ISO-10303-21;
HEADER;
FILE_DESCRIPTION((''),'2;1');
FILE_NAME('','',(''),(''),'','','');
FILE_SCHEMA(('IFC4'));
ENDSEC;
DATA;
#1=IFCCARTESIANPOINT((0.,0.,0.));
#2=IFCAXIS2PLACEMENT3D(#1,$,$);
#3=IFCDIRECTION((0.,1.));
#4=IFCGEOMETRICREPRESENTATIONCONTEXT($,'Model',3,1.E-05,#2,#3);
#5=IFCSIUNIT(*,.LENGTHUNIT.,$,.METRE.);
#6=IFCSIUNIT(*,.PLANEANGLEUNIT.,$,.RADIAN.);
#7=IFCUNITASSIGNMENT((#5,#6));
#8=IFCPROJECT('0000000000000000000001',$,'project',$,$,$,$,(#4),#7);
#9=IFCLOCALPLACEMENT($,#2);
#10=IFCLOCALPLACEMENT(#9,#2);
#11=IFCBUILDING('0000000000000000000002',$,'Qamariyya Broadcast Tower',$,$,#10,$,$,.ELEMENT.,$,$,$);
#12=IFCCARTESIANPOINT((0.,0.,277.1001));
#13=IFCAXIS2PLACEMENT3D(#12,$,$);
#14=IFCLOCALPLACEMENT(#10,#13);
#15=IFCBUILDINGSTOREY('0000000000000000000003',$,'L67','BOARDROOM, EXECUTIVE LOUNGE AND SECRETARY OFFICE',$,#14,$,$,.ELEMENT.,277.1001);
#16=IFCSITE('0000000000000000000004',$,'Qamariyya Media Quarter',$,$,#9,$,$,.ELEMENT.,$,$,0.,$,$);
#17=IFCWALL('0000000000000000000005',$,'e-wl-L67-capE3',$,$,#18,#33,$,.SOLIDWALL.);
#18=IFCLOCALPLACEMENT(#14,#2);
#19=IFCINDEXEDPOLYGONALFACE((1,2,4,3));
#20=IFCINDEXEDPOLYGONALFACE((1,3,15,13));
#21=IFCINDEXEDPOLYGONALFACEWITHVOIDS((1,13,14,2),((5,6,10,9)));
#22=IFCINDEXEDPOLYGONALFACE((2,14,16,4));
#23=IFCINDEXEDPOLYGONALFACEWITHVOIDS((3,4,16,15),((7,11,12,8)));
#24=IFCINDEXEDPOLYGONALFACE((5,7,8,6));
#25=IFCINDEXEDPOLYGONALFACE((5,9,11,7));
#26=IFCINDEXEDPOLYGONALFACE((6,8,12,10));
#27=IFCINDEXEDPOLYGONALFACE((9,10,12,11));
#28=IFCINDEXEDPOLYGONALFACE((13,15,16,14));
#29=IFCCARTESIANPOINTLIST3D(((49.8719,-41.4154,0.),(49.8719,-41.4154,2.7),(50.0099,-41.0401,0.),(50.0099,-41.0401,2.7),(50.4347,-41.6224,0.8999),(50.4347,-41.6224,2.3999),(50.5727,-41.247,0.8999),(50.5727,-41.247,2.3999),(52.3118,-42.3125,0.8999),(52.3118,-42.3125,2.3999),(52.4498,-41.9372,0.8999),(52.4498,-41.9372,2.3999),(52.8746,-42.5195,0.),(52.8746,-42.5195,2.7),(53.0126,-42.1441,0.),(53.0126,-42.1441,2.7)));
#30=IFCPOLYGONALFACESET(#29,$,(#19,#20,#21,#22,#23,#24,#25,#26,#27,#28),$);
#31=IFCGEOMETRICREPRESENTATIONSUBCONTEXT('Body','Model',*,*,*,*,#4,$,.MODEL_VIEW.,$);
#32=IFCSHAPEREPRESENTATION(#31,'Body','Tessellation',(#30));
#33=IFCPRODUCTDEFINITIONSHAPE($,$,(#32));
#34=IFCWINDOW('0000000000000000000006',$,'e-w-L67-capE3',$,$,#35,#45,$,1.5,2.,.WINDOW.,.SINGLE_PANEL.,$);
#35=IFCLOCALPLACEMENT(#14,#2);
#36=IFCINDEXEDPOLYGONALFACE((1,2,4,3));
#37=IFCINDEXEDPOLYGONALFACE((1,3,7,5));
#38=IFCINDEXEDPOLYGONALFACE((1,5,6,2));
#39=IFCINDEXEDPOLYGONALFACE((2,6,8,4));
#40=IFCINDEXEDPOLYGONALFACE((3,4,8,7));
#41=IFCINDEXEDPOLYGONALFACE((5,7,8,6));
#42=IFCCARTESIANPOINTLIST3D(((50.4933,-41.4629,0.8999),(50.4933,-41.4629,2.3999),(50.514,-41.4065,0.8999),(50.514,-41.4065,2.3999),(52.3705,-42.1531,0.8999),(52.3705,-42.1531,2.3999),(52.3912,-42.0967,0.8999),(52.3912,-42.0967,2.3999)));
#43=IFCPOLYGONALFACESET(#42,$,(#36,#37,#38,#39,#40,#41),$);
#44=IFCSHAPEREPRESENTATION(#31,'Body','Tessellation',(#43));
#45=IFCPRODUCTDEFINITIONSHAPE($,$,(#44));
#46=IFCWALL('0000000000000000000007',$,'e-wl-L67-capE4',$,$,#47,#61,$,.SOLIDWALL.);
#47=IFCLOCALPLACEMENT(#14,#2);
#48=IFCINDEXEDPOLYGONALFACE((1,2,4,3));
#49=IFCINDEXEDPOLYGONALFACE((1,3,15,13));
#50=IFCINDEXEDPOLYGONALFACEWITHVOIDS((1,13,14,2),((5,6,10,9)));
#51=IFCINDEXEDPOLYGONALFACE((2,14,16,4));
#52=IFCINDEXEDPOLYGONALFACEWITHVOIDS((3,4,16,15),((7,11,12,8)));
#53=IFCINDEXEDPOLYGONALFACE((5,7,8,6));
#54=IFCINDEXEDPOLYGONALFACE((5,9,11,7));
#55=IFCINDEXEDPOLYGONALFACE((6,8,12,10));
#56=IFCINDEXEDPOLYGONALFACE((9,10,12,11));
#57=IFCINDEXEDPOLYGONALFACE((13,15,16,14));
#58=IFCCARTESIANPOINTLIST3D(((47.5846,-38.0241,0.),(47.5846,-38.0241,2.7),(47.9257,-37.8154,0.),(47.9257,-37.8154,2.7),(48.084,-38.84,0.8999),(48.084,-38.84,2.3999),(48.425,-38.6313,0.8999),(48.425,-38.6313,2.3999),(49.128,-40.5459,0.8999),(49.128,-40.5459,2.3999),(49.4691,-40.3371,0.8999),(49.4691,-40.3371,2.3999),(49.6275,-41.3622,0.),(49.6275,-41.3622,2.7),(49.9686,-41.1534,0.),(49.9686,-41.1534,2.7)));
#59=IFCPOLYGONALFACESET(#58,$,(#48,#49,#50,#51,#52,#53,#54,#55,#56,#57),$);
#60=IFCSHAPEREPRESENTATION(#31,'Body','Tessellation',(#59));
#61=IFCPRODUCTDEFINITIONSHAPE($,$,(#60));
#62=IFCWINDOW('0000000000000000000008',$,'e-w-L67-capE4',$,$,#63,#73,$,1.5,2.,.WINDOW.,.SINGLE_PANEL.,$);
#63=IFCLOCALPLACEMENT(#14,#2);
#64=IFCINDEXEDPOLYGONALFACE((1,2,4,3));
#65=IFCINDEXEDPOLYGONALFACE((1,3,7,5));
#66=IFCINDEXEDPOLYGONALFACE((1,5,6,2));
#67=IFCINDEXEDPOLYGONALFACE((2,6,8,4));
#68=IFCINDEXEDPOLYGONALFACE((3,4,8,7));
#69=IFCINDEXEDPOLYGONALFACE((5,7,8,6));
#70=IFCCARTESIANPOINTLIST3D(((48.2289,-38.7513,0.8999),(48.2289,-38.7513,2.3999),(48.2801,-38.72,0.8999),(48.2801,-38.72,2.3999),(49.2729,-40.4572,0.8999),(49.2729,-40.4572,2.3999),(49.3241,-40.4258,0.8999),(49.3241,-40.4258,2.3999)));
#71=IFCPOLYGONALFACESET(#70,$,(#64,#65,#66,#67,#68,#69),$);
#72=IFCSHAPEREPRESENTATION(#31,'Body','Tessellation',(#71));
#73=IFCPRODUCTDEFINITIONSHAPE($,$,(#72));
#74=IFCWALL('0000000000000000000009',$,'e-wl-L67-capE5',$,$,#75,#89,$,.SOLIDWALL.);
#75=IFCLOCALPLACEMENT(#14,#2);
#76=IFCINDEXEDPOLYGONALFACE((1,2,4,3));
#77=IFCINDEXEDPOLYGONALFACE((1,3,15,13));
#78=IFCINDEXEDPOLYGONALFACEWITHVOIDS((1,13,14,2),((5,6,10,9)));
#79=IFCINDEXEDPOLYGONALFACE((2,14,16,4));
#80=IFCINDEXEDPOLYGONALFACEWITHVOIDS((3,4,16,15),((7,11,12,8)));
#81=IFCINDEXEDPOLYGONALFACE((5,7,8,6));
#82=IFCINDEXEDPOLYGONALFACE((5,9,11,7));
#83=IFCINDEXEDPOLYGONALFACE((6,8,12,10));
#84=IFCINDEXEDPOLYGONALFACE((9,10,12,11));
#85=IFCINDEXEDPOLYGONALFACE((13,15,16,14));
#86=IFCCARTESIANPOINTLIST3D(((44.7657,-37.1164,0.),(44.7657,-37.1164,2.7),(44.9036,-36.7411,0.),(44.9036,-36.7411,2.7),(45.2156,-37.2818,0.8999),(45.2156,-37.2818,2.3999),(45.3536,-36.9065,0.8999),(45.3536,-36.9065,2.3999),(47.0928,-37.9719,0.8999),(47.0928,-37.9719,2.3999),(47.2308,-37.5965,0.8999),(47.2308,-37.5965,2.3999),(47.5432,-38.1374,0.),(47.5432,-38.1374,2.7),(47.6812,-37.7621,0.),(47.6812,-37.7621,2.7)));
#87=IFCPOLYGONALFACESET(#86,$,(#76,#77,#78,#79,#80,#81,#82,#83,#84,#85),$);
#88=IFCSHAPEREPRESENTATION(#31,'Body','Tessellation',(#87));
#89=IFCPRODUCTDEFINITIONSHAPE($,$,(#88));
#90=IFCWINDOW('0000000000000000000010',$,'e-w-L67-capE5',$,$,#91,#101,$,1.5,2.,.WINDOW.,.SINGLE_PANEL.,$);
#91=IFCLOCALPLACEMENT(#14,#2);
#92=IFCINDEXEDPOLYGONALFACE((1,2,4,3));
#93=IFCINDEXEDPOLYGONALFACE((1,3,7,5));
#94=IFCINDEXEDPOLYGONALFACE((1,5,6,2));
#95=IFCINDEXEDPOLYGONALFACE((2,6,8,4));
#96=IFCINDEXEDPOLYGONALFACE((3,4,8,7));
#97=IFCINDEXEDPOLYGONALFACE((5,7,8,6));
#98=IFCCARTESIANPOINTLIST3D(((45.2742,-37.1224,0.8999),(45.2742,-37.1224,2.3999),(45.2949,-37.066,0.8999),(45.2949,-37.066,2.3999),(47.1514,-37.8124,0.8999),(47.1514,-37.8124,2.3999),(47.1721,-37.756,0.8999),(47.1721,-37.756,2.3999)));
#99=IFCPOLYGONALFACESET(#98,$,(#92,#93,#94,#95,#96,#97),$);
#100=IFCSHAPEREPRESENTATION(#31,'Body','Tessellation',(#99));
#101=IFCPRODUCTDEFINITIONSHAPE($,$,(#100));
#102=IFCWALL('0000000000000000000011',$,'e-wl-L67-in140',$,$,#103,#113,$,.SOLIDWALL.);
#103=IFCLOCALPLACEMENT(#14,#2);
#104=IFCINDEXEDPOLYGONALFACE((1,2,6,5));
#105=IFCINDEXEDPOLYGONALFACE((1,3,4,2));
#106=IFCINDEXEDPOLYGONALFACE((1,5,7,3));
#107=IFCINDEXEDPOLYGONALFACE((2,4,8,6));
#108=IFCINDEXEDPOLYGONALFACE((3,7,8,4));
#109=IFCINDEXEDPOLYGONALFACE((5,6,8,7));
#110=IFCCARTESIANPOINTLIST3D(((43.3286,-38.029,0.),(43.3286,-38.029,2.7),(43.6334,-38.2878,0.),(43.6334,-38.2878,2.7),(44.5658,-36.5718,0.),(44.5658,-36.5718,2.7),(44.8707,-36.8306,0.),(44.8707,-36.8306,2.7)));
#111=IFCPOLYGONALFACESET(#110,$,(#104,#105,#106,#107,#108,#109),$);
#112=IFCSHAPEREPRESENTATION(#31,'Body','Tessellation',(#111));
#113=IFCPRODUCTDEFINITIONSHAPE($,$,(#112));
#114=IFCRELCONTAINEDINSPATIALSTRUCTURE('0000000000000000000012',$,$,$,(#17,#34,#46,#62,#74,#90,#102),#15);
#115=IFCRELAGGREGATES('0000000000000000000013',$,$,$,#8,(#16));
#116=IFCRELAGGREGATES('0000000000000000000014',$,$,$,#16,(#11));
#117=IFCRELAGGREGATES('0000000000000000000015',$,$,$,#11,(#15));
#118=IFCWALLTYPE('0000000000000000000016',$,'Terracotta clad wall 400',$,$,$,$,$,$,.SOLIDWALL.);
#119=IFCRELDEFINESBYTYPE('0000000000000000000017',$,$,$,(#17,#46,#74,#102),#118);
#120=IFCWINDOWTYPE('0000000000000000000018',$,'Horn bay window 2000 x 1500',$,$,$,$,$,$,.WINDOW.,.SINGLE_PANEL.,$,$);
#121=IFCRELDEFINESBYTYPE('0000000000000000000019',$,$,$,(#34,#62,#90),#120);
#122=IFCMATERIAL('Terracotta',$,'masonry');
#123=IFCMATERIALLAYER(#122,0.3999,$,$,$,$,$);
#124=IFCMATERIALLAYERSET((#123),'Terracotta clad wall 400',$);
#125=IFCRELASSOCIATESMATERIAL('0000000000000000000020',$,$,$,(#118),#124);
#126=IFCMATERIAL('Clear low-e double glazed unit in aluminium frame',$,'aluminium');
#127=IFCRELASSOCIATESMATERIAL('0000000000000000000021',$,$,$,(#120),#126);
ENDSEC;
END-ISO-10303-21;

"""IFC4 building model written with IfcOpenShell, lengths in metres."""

from ifc_helpers import new_model, si_unit, direction, frame, frame_2d, origin, place, context, subcontext, project, spatial, rectangle, extrude, material, layer, layer_set, type_object, element, fill, save


model = new_model("IFC4")

# Units and contexts
model_context = context("Model", 3, precision=1e-05, world=origin(), true_north=direction((0.0, 1.0)))
body_context = subcontext(model_context, "Body", "Model", "MODEL_VIEW")
ifc_project = project(units=[si_unit("LENGTHUNIT", "METRE"), si_unit("PLANEANGLEUNIT", "RADIAN")], contexts=[model_context])

# Site, building, storey
site_placement = place(None, origin())
site = spatial("IfcSite", under=ifc_project, at=site_placement, Name="Qamariyya Media Quarter", CompositionType="ELEMENT", RefElevation=0.0)
building_placement = place(site_placement, origin())
building = spatial("IfcBuilding", under=site, at=building_placement, Name="Qamariyya Broadcast Tower", CompositionType="ELEMENT")
storey_placement = place(building_placement, frame((0.0, 0.0, 277.1001)))
storey = spatial("IfcBuildingStorey", under=building, at=storey_placement, Name="L67", Description="BOARDROOM, EXECUTIVE LOUNGE AND SECRETARY OFFICE", CompositionType="ELEMENT", Elevation=277.1001)

# Walls, openings, windows
ifc_material_1 = material(Name="Terracotta", Category="masonry")
ifc_layer = layer(ifc_material_1, 0.3999)
ifc_layer_set = layer_set([ifc_layer], Name="Terracotta clad wall 400")
wall_type = type_object("IfcWallType", Name="Terracotta clad wall 400", PredefinedType="SOLIDWALL", material=ifc_layer_set)
ifc_material_2 = material(Name="Clear low-e double glazed unit in aluminium frame", Category="aluminium")
window_type = type_object("IfcWindowType", Name="Horn bay window 2000 x 1500", PartitioningType="SINGLE_PANEL", PredefinedType="WINDOW", material=ifc_material_2)
wall_1_placement = place(storey_placement, frame((52.9436, -42.3318, 0.0), z_axis=(0.0, 0.0, 1.0), x_axis=(-0.938571, 0.345086, 0.0)))
wall_1 = element("IfcWall", 1, at=wall_1_placement, inside=storey, type_object=wall_type, Name="e-wl-L67-capE3", PredefinedType="SOLIDWALL", context=body_context, shape_type="SweptSolid", body=[
    extrude(rectangle(XDim=3.1992, YDim=0.3999, at=frame_2d((1.5996, 0.0))), origin(), (0.0, 0.0, 1.0), 2.7),
])
opening_1_placement = place(wall_1_placement, frame((0.5996, 0.0, 0.8999)))
opening_1 = element("IfcOpeningElement", 2, at=opening_1_placement, cuts=wall_1, PredefinedType="OPENING", context=body_context, shape_type="SweptSolid", body=[
    extrude(rectangle(XDim=2.0, YDim=1.5, at=frame_2d((1.0, 0.75))), frame((0.0, 0.21, 0.0), z_axis=(0.0, -1.0, 0.0), x_axis=(1.0, 0.0, 0.0)), (0.0, 0.0, 1.0), 0.4199),
])
window_1_placement = place(opening_1_placement, origin())
window_1 = element("IfcWindow", 3, at=window_1_placement, inside=storey, type_object=window_type, Name="e-w-L67-capE3", OverallHeight=1.5, OverallWidth=2.0, PartitioningType="SINGLE_PANEL", PredefinedType="WINDOW", context=body_context, shape_type="SweptSolid", body=[
    extrude(rectangle(XDim=2.0, YDim=1.5, at=frame_2d((1.0, 0.75))), frame((0.0, 0.03, 0.0), z_axis=(0.0, -1.0, 0.0), x_axis=(1.0, 0.0, 0.0)), (0.0, 0.0, 1.0), 0.0601),
])
fill(opening_1, window_1)
wall_2_placement = place(storey_placement, frame((49.7981, -41.2578, 0.0), z_axis=(0.0, 0.0, 1.0), x_axis=(-0.522008, 0.852941, 0.0)))
wall_2 = element("IfcWall", 4, at=wall_2_placement, inside=storey, type_object=wall_type, Name="e-wl-L67-capE4", PredefinedType="SOLIDWALL", context=body_context, shape_type="SweptSolid", body=[
    extrude(rectangle(XDim=3.9136, YDim=0.3999, at=frame_2d((1.9568, 0.0))), origin(), (0.0, 0.0, 1.0), 2.7),
])
opening_2_placement = place(wall_2_placement, frame((0.957, 0.0, 0.8999)))
opening_2 = element("IfcOpeningElement", 5, at=opening_2_placement, cuts=wall_2, PredefinedType="OPENING", context=body_context, shape_type="SweptSolid", body=[
    extrude(rectangle(XDim=2.0, YDim=1.5, at=frame_2d((1.0, 0.75))), frame((0.0, 0.21, 0.0), z_axis=(0.0, -1.0, 0.0), x_axis=(1.0, 0.0, 0.0)), (0.0, 0.0, 1.0), 0.4199),
])
window_2_placement = place(opening_2_placement, origin())
window_2 = element("IfcWindow", 6, at=window_2_placement, inside=storey, type_object=window_type, Name="e-w-L67-capE4", OverallHeight=1.5, OverallWidth=2.0, PartitioningType="SINGLE_PANEL", PredefinedType="WINDOW", context=body_context, shape_type="SweptSolid", body=[
    extrude(rectangle(XDim=2.0, YDim=1.5, at=frame_2d((1.0, 0.75))), frame((0.0, 0.03, 0.0), z_axis=(0.0, -1.0, 0.0), x_axis=(1.0, 0.0, 0.0)), (0.0, 0.0, 1.0), 0.0601),
])
fill(opening_2, window_2)
wall_3_placement = place(storey_placement, frame((47.6121, -37.9497, 0.0), z_axis=(0.0, 0.0, 1.0), x_axis=(-0.938598, 0.345013, 0.0)))
wall_3 = element("IfcWall", 7, at=wall_3_placement, inside=storey, type_object=wall_type, Name="e-wl-L67-capE5", PredefinedType="SOLIDWALL", context=body_context, shape_type="SweptSolid", body=[
    extrude(rectangle(XDim=2.9592, YDim=0.3999, at=frame_2d((1.4795, 0.0))), origin(), (0.0, 0.0, 1.0), 2.7),
])
opening_3_placement = place(wall_3_placement, frame((0.4797, 0.0, 0.8999)))
opening_3 = element("IfcOpeningElement", 8, at=opening_3_placement, cuts=wall_3, PredefinedType="OPENING", context=body_context, shape_type="SweptSolid", body=[
    extrude(rectangle(XDim=2.0, YDim=1.5, at=frame_2d((1.0, 0.75))), frame((0.0, 0.21, 0.0), z_axis=(0.0, -1.0, 0.0), x_axis=(1.0, 0.0, 0.0)), (0.0, 0.0, 1.0), 0.4199),
])
window_3_placement = place(opening_3_placement, origin())
window_3 = element("IfcWindow", 9, at=window_3_placement, inside=storey, type_object=window_type, Name="e-w-L67-capE5", OverallHeight=1.5, OverallWidth=2.0, PartitioningType="SINGLE_PANEL", PredefinedType="WINDOW", context=body_context, shape_type="SweptSolid", body=[
    extrude(rectangle(XDim=2.0, YDim=1.5, at=frame_2d((1.0, 0.75))), frame((0.0, 0.03, 0.0), z_axis=(0.0, -1.0, 0.0), x_axis=(1.0, 0.0, 0.0)), (0.0, 0.0, 1.0), 0.0601),
])
fill(opening_3, window_3)

# Wall
wall_4_placement = place(storey_placement, frame((44.7183, -36.7012, 0.0), z_axis=(0.0, 0.0, 1.0), x_axis=(-0.647229, -0.762295, 0.0)))
element("IfcWall", 10, at=wall_4_placement, inside=storey, type_object=wall_type, Name="e-wl-L67-in140", PredefinedType="SOLIDWALL", context=body_context, shape_type="SweptSolid", body=[
    extrude(rectangle(XDim=1.9116, YDim=0.3999, at=frame_2d((0.9558, 0.0))), origin(), (0.0, 0.0, 1.0), 2.7),
])

save(model, "model.ifc")
